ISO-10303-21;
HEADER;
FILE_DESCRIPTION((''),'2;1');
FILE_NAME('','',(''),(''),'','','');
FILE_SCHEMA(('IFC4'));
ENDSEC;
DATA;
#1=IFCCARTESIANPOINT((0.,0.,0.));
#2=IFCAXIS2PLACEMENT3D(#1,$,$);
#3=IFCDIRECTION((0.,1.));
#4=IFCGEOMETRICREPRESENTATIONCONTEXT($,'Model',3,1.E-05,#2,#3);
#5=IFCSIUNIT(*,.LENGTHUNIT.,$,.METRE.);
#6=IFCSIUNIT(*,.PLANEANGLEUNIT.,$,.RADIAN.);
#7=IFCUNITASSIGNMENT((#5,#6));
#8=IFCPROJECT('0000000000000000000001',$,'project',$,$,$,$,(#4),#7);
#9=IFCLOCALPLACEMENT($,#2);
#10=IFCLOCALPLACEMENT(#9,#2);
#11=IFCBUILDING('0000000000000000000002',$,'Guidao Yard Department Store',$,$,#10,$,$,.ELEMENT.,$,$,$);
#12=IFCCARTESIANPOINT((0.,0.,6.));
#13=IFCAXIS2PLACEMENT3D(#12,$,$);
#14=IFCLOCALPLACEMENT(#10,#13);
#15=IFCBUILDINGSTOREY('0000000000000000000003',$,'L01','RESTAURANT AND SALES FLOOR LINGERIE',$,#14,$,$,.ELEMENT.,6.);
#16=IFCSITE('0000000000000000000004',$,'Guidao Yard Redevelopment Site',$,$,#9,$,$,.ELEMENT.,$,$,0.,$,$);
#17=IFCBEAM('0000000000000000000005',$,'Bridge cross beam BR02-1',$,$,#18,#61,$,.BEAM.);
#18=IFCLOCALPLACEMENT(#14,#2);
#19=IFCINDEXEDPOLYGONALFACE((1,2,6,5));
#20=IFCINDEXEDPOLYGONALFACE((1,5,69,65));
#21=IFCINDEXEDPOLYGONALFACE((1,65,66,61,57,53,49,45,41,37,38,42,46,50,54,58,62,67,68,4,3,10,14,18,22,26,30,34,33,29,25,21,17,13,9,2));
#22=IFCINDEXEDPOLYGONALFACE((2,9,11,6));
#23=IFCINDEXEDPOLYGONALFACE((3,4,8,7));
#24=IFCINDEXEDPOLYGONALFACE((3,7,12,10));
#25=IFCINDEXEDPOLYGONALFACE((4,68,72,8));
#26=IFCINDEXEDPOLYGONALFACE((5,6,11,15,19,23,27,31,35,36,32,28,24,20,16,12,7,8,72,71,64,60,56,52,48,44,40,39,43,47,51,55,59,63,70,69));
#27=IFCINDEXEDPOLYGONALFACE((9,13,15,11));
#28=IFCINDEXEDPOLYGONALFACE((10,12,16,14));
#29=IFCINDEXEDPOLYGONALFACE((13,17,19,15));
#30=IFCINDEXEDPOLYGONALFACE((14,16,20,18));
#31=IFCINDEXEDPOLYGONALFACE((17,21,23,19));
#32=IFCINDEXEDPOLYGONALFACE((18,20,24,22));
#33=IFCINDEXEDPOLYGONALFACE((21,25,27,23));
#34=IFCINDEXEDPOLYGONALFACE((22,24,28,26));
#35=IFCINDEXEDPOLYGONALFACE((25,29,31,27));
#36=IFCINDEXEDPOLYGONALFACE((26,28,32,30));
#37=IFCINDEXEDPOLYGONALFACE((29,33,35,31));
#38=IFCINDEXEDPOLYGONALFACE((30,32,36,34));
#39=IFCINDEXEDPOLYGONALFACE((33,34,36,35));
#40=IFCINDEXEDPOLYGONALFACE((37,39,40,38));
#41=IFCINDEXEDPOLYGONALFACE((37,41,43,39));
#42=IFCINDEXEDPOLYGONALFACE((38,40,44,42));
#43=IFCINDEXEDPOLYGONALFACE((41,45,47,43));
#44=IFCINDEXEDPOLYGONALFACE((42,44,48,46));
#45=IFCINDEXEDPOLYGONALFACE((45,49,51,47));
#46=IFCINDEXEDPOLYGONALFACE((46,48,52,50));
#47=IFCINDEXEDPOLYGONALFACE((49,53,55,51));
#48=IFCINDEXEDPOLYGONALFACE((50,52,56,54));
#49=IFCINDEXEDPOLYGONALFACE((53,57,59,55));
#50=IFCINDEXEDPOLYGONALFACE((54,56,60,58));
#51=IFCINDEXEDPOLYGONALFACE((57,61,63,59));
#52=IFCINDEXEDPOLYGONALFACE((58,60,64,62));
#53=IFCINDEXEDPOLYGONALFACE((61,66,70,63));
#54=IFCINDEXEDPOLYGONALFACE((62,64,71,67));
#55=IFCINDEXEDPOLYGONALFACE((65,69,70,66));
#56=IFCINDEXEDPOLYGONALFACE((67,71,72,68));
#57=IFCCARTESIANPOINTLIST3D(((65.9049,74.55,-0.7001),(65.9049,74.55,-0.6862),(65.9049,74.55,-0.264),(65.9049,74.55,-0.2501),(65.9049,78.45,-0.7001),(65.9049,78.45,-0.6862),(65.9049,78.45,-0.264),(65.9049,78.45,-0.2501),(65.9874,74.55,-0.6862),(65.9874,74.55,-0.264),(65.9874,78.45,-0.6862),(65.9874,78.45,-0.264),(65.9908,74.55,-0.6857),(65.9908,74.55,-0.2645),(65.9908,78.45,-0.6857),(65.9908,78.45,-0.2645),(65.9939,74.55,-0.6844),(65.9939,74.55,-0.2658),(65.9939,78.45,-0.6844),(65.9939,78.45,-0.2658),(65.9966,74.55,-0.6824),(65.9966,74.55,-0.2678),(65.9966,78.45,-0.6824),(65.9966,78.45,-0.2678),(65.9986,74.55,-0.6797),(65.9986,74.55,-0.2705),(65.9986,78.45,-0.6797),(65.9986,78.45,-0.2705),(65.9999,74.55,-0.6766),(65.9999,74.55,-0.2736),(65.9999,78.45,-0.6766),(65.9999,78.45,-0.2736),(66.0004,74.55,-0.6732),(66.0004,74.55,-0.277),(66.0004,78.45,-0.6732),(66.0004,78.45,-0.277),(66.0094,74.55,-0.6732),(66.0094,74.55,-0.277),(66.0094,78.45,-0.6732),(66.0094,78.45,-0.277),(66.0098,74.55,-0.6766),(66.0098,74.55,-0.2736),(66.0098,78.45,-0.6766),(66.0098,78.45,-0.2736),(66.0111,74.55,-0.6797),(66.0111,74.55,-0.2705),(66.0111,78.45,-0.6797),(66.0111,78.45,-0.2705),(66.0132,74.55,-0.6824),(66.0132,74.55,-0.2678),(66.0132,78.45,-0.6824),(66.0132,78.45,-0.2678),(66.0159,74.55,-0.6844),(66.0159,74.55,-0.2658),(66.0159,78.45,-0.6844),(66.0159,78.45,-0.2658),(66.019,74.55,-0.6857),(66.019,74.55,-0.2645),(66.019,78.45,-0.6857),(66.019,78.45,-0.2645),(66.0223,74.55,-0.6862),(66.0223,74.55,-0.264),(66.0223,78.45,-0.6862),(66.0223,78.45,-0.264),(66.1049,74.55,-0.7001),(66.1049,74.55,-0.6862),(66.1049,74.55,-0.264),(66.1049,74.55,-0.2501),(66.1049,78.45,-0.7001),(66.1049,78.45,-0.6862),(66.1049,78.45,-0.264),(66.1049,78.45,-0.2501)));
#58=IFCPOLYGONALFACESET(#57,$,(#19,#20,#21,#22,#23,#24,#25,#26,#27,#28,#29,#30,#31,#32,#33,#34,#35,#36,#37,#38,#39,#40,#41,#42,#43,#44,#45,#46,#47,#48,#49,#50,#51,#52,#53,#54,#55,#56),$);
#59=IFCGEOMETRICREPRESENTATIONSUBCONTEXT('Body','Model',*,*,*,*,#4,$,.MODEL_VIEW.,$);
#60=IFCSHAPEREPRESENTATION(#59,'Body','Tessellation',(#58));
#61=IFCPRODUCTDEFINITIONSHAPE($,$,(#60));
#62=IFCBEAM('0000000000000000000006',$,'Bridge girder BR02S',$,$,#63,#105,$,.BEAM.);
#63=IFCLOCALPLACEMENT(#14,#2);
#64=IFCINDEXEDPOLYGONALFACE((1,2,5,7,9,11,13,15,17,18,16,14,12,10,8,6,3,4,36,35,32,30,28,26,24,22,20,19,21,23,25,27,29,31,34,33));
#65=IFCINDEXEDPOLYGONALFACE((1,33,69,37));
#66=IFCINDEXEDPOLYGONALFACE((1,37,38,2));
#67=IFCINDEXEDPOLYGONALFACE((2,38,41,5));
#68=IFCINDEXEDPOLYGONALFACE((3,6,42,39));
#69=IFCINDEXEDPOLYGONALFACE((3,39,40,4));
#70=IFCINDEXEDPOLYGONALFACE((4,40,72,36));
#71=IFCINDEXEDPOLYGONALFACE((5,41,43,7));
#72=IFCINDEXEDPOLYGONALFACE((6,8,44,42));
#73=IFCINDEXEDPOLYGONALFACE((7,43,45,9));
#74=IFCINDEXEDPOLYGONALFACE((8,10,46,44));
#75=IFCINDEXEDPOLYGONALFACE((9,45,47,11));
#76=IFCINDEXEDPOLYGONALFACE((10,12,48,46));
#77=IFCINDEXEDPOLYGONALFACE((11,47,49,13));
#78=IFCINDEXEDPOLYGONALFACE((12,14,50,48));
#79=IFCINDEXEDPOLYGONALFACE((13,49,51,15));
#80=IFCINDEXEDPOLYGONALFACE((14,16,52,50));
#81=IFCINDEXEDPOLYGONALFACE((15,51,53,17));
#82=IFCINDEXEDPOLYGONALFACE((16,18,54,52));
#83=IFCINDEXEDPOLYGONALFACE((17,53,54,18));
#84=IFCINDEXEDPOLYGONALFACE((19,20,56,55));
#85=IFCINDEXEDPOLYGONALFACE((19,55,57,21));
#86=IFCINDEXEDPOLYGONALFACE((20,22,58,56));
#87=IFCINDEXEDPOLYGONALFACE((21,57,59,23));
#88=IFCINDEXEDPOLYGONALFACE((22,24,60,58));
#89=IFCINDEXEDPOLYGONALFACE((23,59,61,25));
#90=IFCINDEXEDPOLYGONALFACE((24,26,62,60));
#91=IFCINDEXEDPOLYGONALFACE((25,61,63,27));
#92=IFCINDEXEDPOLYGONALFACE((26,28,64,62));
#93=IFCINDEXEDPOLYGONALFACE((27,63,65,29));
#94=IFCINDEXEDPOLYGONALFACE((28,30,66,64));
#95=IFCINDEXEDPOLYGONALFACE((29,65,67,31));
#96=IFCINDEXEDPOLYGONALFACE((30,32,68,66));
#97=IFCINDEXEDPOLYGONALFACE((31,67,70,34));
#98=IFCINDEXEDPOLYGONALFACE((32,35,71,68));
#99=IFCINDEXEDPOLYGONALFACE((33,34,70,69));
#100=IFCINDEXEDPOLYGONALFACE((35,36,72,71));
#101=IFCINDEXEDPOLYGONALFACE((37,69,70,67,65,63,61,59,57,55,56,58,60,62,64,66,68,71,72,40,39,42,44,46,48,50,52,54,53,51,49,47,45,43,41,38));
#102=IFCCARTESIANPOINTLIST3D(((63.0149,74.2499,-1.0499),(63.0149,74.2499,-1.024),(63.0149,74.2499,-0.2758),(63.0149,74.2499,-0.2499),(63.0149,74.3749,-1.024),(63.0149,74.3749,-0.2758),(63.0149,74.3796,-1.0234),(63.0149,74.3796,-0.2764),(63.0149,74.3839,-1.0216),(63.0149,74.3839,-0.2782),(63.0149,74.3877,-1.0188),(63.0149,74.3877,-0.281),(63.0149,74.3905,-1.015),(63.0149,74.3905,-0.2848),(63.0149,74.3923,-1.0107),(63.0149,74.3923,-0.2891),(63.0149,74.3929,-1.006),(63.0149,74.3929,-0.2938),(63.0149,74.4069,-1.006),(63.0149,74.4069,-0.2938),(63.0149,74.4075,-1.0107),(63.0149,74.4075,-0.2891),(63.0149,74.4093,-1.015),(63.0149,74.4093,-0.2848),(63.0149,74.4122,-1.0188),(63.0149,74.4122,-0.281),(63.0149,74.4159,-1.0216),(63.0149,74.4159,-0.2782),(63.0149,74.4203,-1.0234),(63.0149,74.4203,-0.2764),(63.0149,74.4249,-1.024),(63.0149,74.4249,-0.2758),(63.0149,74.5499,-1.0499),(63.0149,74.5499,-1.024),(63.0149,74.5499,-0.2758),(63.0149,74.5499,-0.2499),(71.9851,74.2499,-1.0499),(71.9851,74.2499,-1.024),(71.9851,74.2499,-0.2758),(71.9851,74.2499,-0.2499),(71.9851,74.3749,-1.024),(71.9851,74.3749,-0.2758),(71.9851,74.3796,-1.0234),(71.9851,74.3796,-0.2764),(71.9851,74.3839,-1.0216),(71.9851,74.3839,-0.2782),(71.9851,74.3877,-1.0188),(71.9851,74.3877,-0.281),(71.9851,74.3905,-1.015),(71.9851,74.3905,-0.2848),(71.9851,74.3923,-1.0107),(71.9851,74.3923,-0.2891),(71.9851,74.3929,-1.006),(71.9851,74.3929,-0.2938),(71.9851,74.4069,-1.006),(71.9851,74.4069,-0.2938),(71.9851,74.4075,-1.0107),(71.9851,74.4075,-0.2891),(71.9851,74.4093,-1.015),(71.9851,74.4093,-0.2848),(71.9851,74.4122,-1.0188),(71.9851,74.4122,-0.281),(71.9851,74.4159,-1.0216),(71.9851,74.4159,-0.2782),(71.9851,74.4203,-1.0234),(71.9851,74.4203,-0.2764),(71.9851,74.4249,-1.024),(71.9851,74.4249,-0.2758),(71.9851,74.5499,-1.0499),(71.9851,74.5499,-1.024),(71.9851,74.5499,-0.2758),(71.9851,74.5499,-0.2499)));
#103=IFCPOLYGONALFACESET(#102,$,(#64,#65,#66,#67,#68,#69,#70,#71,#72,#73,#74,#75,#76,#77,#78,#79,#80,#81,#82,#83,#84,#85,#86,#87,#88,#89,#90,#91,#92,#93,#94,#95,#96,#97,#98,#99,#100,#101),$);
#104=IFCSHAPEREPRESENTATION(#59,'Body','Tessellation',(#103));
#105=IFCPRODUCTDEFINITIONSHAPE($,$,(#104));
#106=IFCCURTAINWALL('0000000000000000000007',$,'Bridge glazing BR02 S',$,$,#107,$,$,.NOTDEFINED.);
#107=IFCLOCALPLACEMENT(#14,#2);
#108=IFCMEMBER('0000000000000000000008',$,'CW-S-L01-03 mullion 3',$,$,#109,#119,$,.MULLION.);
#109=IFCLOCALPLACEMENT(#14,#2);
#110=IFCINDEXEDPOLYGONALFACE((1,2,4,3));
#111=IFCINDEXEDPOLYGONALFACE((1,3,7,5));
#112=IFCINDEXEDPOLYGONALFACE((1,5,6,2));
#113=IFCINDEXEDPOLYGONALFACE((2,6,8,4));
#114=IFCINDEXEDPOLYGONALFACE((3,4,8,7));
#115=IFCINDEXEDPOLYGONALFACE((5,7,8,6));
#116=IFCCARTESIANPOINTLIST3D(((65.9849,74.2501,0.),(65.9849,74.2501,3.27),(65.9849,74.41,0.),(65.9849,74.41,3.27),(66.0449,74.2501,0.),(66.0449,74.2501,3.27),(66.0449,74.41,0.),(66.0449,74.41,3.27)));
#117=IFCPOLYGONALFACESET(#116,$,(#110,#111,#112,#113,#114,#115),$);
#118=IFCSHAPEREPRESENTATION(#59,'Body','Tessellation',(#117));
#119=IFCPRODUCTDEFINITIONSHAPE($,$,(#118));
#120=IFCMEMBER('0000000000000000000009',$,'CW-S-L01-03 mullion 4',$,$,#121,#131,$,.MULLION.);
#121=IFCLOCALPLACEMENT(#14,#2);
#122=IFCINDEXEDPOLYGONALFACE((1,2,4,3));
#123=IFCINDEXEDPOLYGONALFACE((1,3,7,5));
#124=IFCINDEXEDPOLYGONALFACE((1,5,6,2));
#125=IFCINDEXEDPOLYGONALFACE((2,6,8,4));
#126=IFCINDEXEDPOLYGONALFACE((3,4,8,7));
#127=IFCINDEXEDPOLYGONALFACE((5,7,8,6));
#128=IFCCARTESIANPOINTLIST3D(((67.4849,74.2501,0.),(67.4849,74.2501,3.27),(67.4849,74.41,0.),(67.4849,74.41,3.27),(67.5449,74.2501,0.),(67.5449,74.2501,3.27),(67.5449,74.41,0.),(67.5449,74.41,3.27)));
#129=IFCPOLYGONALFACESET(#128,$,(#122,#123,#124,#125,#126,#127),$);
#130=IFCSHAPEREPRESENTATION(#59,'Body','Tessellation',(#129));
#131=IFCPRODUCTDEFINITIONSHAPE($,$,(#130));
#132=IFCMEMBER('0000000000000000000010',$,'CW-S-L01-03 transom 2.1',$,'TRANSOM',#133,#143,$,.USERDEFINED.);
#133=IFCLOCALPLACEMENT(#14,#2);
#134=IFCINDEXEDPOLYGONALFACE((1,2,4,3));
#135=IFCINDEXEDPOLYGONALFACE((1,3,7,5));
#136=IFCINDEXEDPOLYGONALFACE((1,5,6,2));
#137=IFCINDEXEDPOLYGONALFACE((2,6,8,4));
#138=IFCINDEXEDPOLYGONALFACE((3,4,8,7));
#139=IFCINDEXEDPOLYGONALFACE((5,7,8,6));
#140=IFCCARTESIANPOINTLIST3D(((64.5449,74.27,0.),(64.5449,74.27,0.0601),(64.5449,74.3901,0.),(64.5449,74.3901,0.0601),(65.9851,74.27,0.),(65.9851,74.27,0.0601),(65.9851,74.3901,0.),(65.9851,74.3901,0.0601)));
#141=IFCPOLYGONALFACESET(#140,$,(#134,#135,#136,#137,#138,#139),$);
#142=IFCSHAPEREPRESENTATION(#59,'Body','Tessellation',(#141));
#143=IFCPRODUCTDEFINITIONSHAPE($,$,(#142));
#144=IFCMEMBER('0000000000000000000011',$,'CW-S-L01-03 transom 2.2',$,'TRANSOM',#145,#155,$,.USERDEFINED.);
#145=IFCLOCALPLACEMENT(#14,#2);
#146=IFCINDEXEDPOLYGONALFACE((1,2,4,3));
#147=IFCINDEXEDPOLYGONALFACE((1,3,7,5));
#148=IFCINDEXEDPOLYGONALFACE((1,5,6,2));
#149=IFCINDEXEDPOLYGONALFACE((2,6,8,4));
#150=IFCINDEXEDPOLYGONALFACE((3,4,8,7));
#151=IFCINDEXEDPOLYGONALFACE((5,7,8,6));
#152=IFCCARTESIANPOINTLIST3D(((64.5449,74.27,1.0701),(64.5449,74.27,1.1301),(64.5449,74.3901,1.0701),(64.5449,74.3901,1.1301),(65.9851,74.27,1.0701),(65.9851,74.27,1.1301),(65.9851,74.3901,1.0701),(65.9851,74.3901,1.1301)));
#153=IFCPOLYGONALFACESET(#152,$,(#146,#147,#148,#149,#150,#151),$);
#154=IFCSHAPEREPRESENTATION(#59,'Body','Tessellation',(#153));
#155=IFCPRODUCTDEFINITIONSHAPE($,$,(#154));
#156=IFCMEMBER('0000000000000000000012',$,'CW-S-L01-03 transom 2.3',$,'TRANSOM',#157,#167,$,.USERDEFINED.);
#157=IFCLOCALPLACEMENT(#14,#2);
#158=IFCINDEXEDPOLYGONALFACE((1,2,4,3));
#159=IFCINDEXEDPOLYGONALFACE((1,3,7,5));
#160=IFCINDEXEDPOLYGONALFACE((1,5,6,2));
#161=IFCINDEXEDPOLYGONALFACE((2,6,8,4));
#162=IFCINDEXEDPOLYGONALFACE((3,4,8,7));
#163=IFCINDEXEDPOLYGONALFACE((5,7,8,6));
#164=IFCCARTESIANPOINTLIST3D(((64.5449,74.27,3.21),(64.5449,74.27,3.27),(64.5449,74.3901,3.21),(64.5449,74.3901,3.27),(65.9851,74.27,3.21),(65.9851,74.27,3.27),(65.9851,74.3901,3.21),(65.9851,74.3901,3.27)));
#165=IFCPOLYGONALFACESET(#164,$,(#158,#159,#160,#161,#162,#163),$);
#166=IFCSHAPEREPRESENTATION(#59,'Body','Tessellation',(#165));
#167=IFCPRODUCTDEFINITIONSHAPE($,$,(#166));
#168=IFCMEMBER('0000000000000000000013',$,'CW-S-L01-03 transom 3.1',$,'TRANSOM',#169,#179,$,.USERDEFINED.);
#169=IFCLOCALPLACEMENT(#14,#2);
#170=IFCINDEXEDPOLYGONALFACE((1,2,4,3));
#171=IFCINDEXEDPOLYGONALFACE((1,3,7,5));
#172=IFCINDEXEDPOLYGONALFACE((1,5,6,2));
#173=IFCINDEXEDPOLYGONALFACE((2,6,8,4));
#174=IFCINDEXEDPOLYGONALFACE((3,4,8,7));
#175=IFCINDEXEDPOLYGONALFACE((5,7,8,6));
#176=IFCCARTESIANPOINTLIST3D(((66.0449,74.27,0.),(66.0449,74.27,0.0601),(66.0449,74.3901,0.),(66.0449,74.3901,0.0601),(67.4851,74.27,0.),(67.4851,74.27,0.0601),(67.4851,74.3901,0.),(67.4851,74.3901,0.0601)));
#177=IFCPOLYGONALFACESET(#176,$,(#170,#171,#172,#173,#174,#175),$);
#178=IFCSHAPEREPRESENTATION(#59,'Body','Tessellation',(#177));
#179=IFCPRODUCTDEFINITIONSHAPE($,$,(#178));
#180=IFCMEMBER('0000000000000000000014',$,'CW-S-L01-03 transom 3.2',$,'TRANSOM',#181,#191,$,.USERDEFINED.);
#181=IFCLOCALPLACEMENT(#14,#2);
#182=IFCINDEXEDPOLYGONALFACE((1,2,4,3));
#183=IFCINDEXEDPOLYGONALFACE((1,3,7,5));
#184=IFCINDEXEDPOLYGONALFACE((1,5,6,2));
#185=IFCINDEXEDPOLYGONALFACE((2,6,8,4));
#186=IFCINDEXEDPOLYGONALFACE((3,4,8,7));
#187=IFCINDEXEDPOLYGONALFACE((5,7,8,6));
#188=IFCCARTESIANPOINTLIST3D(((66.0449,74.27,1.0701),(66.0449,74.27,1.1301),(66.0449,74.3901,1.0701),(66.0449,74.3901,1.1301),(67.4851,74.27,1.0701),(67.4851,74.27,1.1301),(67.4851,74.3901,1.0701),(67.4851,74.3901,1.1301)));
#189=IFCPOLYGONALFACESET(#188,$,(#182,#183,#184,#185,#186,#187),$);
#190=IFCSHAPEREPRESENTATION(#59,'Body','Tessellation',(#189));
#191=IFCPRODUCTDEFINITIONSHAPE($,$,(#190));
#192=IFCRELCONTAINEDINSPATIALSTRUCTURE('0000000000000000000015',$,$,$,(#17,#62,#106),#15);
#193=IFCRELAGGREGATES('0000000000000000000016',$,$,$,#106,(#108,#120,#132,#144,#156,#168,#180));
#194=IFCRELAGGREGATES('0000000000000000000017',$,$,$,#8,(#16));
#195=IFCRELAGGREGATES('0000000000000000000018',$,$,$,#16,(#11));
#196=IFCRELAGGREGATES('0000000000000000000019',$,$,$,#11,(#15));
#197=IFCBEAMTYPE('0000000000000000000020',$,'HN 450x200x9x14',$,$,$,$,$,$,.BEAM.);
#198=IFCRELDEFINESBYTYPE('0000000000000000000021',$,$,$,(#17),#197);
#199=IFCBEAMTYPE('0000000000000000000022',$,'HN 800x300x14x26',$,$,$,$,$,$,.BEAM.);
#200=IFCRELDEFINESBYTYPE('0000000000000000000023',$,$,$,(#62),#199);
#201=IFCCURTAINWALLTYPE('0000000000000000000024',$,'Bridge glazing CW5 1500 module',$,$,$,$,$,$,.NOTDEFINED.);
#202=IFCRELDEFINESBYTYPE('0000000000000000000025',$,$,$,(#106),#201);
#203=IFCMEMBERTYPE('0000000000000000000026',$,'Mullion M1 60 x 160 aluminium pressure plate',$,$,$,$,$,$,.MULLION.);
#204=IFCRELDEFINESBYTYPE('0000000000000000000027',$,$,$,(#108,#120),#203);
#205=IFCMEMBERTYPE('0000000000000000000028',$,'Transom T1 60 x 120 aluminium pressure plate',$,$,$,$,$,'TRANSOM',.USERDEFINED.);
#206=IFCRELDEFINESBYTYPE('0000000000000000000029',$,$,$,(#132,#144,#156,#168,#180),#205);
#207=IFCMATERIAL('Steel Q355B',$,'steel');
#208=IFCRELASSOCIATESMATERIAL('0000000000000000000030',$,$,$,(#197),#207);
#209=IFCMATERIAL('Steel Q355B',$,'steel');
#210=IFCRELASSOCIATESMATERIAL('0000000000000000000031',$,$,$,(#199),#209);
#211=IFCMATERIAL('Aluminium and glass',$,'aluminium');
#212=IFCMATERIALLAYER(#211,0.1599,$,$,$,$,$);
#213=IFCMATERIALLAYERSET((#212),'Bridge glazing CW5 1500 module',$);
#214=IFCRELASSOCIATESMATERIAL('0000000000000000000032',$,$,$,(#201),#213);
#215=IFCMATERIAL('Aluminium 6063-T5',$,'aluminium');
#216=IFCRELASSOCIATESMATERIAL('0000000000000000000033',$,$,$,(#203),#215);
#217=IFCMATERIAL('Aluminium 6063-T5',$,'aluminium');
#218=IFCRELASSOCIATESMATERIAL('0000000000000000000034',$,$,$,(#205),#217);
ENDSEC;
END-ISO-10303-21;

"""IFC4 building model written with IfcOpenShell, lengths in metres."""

from ifc_helpers import new_model, si_unit, direction, frame, origin, origin_2d, place, context, subcontext, project, spatial, rectangle, i_section, extrude, material, layer, layer_set, material_profile, profile_set, type_object, element, aggregate, save


model = new_model("IFC4")

# Units and contexts
model_context = context("Model", 3, precision=1e-05, world=origin(), true_north=direction((0.0, 1.0)))
body_context = subcontext(model_context, "Body", "Model", "MODEL_VIEW")
ifc_project = project(units=[si_unit("LENGTHUNIT", "METRE"), si_unit("PLANEANGLEUNIT", "RADIAN")], contexts=[model_context])

# Site, building, storey
site_placement = place(None, origin())
site = spatial("IfcSite", under=ifc_project, at=site_placement, Name="Guidao Yard Redevelopment Site", CompositionType="ELEMENT", RefElevation=0.0)
building_placement = place(site_placement, origin())
building = spatial("IfcBuilding", under=site, at=building_placement, Name="Guidao Yard Department Store", CompositionType="ELEMENT")
storey_placement = place(building_placement, frame((0.0, 0.0, 6.0)))
storey = spatial("IfcBuildingStorey", under=building, at=storey_placement, Name="L01", Description="RESTAURANT AND SALES FLOOR LINGERIE", CompositionType="ELEMENT", Elevation=6.0)

# Beams
ifc_material_1 = material(Name="Steel Q355B", Category="steel")
ifc_material_profile_1 = material_profile(ifc_material_1, i_section(OverallWidth=0.2, OverallDepth=0.45, WebThickness=0.009, FlangeThickness=0.0139, FilletRadius=0.0129, at=origin_2d()), Name="HN 450x200x9x14")
ifc_profile_set_1 = profile_set([ifc_material_profile_1], Name="Steel Q355B")
beam_type_1 = type_object("IfcBeamType", Name="HN 450x200x9x14", PredefinedType="BEAM", material=ifc_profile_set_1)
beam_1_placement = place(storey_placement, frame((66.0049, 74.55, -0.4751), z_axis=(0.0, 1.0, 0.0), x_axis=(-1.0, 0.0, 0.0)))
element("IfcBeam", 1, at=beam_1_placement, inside=storey, type_object=beam_type_1, Name="Bridge cross beam BR02-1", PredefinedType="BEAM", context=body_context, shape_type="SweptSolid", body=[
    extrude(i_section(OverallWidth=0.2, OverallDepth=0.45, WebThickness=0.009, FlangeThickness=0.0139, FilletRadius=0.0129, at=origin_2d()), origin(), (0.0, 0.0, 1.0), 3.8999),
])
ifc_material_2 = material(Name="Steel Q355B", Category="steel")
ifc_material_profile_2 = material_profile(ifc_material_2, i_section(OverallWidth=0.3, OverallDepth=0.8, WebThickness=0.0139, FlangeThickness=0.0259, FilletRadius=0.0181, at=origin_2d()), Name="HN 800x300x14x26")
ifc_profile_set_2 = profile_set([ifc_material_profile_2], Name="Steel Q355B")
beam_type_2 = type_object("IfcBeamType", Name="HN 800x300x14x26", PredefinedType="BEAM", material=ifc_profile_set_2)
beam_2_placement = place(storey_placement, frame((63.0149, 74.3999, -0.6499), z_axis=(1.0, 0.0, 0.0), x_axis=(0.0, 1.0, 0.0)))
element("IfcBeam", 2, at=beam_2_placement, inside=storey, type_object=beam_type_2, Name="Bridge girder BR02S", PredefinedType="BEAM", context=body_context, shape_type="SweptSolid", body=[
    extrude(i_section(OverallWidth=0.3, OverallDepth=0.8, WebThickness=0.0139, FlangeThickness=0.0259, FilletRadius=0.0181, at=origin_2d()), origin(), (0.0, 0.0, 1.0), 8.9702),
])

# Curtain wall, members
ifc_material_3 = material(Name="Aluminium and glass", Category="aluminium")
ifc_layer_1 = layer(ifc_material_3, 0.1599)
ifc_layer_set_1 = layer_set([ifc_layer_1], Name="Bridge glazing CW5 1500 module")
curtain_wall_type = type_object("IfcCurtainWallType", Name="Bridge glazing CW5 1500 module", PredefinedType="NOTDEFINED", material=ifc_layer_set_1)
curtain_wall_1_placement = place(storey_placement, origin())
curtain_wall_1 = element("IfcCurtainWall", 3, at=curtain_wall_1_placement, inside=storey, type_object=curtain_wall_type, Name="Bridge glazing BR02 S", PredefinedType="NOTDEFINED")
ifc_material_4 = material(Name="Aluminium 6063-T5", Category="aluminium")
ifc_material_profile_3 = material_profile(ifc_material_4, rectangle(XDim=0.0601, YDim=0.1599, at=origin_2d()), Name="Mullion M1 60 x 160 aluminium pressure plate")
ifc_profile_set_3 = profile_set([ifc_material_profile_3], Name="Aluminium 6063-T5")
member_type_1 = type_object("IfcMemberType", Name="Mullion M1 60 x 160 aluminium pressure plate", PredefinedType="MULLION", material=ifc_profile_set_3)
member_1_placement = place(storey_placement, frame((66.0149, 74.3301, 0.0), z_axis=(0.0, 0.0, 1.0), x_axis=(-1.0, 0.0, 0.0)))
member_1 = element("IfcMember", 4, at=member_1_placement, type_object=member_type_1, Name="CW-S-L01-03 mullion 3", PredefinedType="MULLION", context=body_context, shape_type="SweptSolid", body=[
    extrude(rectangle(XDim=0.0601, YDim=0.1599, at=origin_2d()), origin(), (0.0, 0.0, 1.0), 3.27),
])
member_2_placement = place(storey_placement, frame((67.5149, 74.3301, 0.0), z_axis=(0.0, 0.0, 1.0), x_axis=(-1.0, 0.0, 0.0)))
member_2 = element("IfcMember", 5, at=member_2_placement, type_object=member_type_1, Name="CW-S-L01-03 mullion 4", PredefinedType="MULLION", context=body_context, shape_type="SweptSolid", body=[
    extrude(rectangle(XDim=0.0601, YDim=0.1599, at=origin_2d()), origin(), (0.0, 0.0, 1.0), 3.27),
])
ifc_material_5 = material(Name="Aluminium 6063-T5", Category="aluminium")
ifc_material_profile_4 = material_profile(ifc_material_5, rectangle(XDim=0.1201, YDim=0.0601, at=origin_2d()), Name="Transom T1 60 x 120 aluminium pressure plate")
ifc_profile_set_4 = profile_set([ifc_material_profile_4], Name="Aluminium 6063-T5")
member_type_2 = type_object("IfcMemberType", Name="Transom T1 60 x 120 aluminium pressure plate", ElementType="TRANSOM", PredefinedType="USERDEFINED", material=ifc_profile_set_4)
member_3_placement = place(storey_placement, frame((65.9851, 74.3301, 0.03), z_axis=(-1.0, 0.0, 0.0), x_axis=(0.0, -1.0, 0.0)))
member_3 = element("IfcMember", 6, at=member_3_placement, type_object=member_type_2, Name="CW-S-L01-03 transom 2.1", ObjectType="TRANSOM", PredefinedType="USERDEFINED", context=body_context, shape_type="SweptSolid", body=[
    extrude(rectangle(XDim=0.1201, YDim=0.0601, at=origin_2d()), origin(), (0.0, 0.0, 1.0), 1.4402),
])
member_4_placement = place(storey_placement, frame((65.9851, 74.3301, 1.1001), z_axis=(-1.0, 0.0, 0.0), x_axis=(0.0, -1.0, 0.0)))
member_4 = element("IfcMember", 7, at=member_4_placement, type_object=member_type_2, Name="CW-S-L01-03 transom 2.2", ObjectType="TRANSOM", PredefinedType="USERDEFINED", context=body_context, shape_type="SweptSolid", body=[
    extrude(rectangle(XDim=0.1201, YDim=0.0601, at=origin_2d()), origin(), (0.0, 0.0, 1.0), 1.4402),
])
member_5_placement = place(storey_placement, frame((65.9851, 74.3301, 3.24), z_axis=(-1.0, 0.0, 0.0), x_axis=(0.0, -1.0, 0.0)))
member_5 = element("IfcMember", 8, at=member_5_placement, type_object=member_type_2, Name="CW-S-L01-03 transom 2.3", ObjectType="TRANSOM", PredefinedType="USERDEFINED", context=body_context, shape_type="SweptSolid", body=[
    extrude(rectangle(XDim=0.1201, YDim=0.0601, at=origin_2d()), origin(), (0.0, 0.0, 1.0), 1.4402),
])
member_6_placement = place(storey_placement, frame((67.4851, 74.3301, 0.03), z_axis=(-1.0, 0.0, 0.0), x_axis=(0.0, -1.0, 0.0)))
member_6 = element("IfcMember", 9, at=member_6_placement, type_object=member_type_2, Name="CW-S-L01-03 transom 3.1", ObjectType="TRANSOM", PredefinedType="USERDEFINED", context=body_context, shape_type="SweptSolid", body=[
    extrude(rectangle(XDim=0.1201, YDim=0.0601, at=origin_2d()), origin(), (0.0, 0.0, 1.0), 1.4402),
])
member_7_placement = place(storey_placement, frame((67.4851, 74.3301, 1.1001), z_axis=(-1.0, 0.0, 0.0), x_axis=(0.0, -1.0, 0.0)))
member_7 = element("IfcMember", 10, at=member_7_placement, type_object=member_type_2, Name="CW-S-L01-03 transom 3.2", ObjectType="TRANSOM", PredefinedType="USERDEFINED", context=body_context, shape_type="SweptSolid", body=[
    extrude(rectangle(XDim=0.1201, YDim=0.0601, at=origin_2d()), origin(), (0.0, 0.0, 1.0), 1.4402),
])

aggregate(curtain_wall_1, [member_1, member_2, member_3, member_4, member_5, member_6, member_7])

save(model, "model.ifc")
